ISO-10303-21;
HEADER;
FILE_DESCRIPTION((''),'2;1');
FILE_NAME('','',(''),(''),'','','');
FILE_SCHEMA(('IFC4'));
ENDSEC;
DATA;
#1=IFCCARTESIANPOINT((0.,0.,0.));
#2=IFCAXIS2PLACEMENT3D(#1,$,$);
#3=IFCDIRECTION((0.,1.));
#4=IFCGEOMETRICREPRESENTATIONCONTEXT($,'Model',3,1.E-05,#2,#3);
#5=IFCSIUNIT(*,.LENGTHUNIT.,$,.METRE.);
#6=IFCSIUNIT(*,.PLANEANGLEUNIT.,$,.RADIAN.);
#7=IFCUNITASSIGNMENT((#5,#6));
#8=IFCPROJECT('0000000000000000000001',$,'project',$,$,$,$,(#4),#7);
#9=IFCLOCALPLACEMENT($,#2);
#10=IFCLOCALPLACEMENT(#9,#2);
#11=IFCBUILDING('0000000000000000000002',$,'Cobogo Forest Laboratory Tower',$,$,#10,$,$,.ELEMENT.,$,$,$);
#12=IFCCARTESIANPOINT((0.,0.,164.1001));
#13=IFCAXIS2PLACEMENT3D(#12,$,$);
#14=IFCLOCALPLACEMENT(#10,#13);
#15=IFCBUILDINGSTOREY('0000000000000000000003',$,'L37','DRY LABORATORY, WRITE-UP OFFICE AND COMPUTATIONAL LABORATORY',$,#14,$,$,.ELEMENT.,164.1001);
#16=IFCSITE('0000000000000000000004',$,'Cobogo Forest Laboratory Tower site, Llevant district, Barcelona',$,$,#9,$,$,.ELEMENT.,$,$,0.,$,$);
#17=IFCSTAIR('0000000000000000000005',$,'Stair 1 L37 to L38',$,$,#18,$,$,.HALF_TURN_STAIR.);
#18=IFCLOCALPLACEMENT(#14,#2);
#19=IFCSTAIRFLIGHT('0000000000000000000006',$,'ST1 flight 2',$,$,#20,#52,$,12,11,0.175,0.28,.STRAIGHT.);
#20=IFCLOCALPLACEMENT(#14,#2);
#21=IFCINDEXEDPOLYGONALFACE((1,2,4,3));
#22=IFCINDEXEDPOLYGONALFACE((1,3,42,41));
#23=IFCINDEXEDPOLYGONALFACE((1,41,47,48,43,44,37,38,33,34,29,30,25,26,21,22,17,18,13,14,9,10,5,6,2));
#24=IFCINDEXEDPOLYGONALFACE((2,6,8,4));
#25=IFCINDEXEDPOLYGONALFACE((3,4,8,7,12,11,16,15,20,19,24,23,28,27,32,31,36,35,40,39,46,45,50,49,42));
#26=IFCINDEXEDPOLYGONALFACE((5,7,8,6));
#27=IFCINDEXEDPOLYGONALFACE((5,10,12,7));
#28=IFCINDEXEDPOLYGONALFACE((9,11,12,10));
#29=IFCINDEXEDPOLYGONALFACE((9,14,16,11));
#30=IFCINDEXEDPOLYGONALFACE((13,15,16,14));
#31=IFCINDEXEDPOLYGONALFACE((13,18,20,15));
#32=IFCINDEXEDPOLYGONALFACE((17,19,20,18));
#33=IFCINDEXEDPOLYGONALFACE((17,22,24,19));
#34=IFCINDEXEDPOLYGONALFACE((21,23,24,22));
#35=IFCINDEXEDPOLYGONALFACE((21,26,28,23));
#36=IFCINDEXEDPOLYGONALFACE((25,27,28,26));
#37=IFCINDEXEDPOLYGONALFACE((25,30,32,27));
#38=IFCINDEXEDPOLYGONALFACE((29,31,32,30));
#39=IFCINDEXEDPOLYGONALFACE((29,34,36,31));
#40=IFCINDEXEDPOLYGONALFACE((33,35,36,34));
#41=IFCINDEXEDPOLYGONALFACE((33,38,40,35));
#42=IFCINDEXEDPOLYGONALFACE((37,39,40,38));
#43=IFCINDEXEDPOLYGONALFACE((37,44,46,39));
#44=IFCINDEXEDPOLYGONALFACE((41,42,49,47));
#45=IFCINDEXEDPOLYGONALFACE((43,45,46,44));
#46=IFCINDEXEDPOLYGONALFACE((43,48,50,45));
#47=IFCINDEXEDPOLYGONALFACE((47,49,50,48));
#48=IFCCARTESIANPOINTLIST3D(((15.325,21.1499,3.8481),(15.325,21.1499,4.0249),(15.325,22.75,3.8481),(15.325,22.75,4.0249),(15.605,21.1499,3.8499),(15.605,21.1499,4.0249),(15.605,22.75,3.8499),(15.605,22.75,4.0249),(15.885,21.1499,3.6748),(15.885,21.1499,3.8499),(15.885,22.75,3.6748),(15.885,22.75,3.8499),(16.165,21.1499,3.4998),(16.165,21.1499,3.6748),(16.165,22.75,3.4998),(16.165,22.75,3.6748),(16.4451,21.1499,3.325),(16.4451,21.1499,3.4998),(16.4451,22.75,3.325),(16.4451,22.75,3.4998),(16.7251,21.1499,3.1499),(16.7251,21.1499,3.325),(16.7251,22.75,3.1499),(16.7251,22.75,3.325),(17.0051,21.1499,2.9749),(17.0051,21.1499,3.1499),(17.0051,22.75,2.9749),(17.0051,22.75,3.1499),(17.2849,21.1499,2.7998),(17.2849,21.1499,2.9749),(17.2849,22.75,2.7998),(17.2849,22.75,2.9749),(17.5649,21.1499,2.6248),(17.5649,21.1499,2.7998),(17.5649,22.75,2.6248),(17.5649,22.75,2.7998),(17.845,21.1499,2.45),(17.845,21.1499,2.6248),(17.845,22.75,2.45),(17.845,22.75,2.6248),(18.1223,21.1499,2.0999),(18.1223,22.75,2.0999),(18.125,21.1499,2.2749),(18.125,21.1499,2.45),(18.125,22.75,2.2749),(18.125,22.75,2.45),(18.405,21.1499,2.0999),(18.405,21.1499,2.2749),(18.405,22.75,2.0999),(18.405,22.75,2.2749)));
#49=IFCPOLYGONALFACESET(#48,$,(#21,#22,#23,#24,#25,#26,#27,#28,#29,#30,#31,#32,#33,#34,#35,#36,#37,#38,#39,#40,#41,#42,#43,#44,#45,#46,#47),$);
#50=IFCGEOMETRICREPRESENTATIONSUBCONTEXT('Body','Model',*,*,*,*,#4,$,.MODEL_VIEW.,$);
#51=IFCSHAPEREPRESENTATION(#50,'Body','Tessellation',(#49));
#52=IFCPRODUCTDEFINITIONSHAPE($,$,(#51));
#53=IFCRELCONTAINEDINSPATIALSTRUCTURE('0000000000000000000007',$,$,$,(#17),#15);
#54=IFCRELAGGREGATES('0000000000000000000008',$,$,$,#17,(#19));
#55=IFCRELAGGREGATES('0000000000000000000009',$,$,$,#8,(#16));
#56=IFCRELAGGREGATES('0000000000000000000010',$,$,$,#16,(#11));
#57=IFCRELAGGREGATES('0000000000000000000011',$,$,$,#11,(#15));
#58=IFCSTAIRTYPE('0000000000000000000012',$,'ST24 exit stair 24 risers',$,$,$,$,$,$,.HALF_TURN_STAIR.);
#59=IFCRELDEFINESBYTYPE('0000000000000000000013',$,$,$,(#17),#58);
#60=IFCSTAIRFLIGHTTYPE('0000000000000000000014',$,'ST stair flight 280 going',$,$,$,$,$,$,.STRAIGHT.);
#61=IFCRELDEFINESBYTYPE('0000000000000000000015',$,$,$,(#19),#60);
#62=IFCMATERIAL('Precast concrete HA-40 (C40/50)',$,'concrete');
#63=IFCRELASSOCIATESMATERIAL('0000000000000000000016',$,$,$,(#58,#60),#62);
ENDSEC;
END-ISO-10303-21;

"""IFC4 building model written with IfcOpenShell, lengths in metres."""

from ifc_helpers import new_model, si_unit, direction, frame, origin, place, context, subcontext, project, spatial, polyline, outline, extrude, material, type_object, element, aggregate, save


model = new_model("IFC4")

# Units and contexts
model_context = context("Model", 3, precision=1e-05, world=origin(), true_north=direction((0.0, 1.0)))
body_context = subcontext(model_context, "Body", "Model", "MODEL_VIEW")
ifc_project = project(units=[si_unit("LENGTHUNIT", "METRE"), si_unit("PLANEANGLEUNIT", "RADIAN")], contexts=[model_context])

# Site, building, storey
site_placement = place(None, origin())
site = spatial("IfcSite", under=ifc_project, at=site_placement, Name="Cobogo Forest Laboratory Tower site, Llevant district, Barcelona", CompositionType="ELEMENT", RefElevation=0.0)
building_placement = place(site_placement, origin())
building = spatial("IfcBuilding", under=site, at=building_placement, Name="Cobogo Forest Laboratory Tower", CompositionType="ELEMENT")
storey_placement = place(building_placement, frame((0.0, 0.0, 164.1001)))
storey = spatial("IfcBuildingStorey", under=building, at=storey_placement, Name="L37", Description="DRY LABORATORY, WRITE-UP OFFICE AND COMPUTATIONAL LABORATORY", CompositionType="ELEMENT", Elevation=164.1001)

# Stair, stair flight
ifc_material_1 = material(Name="Precast concrete HA-40 (C40/50)", Category="concrete")
stair_type = type_object("IfcStairType", Name="ST24 exit stair 24 risers", PredefinedType="HALF_TURN_STAIR", material=ifc_material_1)
stair_placement = place(storey_placement, origin())
stair = element("IfcStair", 1, at=stair_placement, inside=storey, type_object=stair_type, Name="Stair 1 L37 to L38", PredefinedType="HALF_TURN_STAIR")
stair_flight_type = type_object("IfcStairFlightType", Name="ST stair flight 280 going", PredefinedType="STRAIGHT", material=ifc_material_1)
stair_flight_1_placement = place(storey_placement, frame((18.405, 21.95, 2.0999), z_axis=(0.0, 0.0, 1.0), x_axis=(-1.0, 0.0, 0.0)))
stair_flight_1 = element("IfcStairFlight", 2, at=stair_flight_1_placement, type_object=stair_flight_type, Name="ST1 flight 2", NumberOfRisers=12, NumberOfTreads=11, PredefinedType="STRAIGHT", RiserHeight=0.175, TreadLength=0.28, context=body_context, shape_type="SweptSolid", body=[
    extrude(outline(polyline([(0.0, 0.0), (0.0, 0.175), (0.28, 0.175), (0.28, 0.3501), (0.5601, 0.3501), (0.5601, 0.5249), (0.8401, 0.5249), (0.8401, 0.7), (1.1201, 0.7), (1.1201, 0.875), (1.3999, 0.875), (1.3999, 1.05), (1.6799, 1.05), (1.6799, 1.2251), (1.96, 1.2251), (1.96, 1.3999), (2.24, 1.3999), (2.24, 1.575), (2.52, 1.575), (2.52, 1.75), (2.8, 1.75), (2.8, 1.925), (3.0801, 1.925), (3.0801, 2.1001), (3.0801, 1.7483), (0.2827, 0.0), (0.0, 0.0)])), frame((0.0, 0.8, 0.0), z_axis=(0.0, -1.0, 0.0), x_axis=(1.0, 0.0, 0.0)), (0.0, 0.0, 1.0), 1.6001),
])
aggregate(stair, [stair_flight_1])

save(model, "model.ifc")
